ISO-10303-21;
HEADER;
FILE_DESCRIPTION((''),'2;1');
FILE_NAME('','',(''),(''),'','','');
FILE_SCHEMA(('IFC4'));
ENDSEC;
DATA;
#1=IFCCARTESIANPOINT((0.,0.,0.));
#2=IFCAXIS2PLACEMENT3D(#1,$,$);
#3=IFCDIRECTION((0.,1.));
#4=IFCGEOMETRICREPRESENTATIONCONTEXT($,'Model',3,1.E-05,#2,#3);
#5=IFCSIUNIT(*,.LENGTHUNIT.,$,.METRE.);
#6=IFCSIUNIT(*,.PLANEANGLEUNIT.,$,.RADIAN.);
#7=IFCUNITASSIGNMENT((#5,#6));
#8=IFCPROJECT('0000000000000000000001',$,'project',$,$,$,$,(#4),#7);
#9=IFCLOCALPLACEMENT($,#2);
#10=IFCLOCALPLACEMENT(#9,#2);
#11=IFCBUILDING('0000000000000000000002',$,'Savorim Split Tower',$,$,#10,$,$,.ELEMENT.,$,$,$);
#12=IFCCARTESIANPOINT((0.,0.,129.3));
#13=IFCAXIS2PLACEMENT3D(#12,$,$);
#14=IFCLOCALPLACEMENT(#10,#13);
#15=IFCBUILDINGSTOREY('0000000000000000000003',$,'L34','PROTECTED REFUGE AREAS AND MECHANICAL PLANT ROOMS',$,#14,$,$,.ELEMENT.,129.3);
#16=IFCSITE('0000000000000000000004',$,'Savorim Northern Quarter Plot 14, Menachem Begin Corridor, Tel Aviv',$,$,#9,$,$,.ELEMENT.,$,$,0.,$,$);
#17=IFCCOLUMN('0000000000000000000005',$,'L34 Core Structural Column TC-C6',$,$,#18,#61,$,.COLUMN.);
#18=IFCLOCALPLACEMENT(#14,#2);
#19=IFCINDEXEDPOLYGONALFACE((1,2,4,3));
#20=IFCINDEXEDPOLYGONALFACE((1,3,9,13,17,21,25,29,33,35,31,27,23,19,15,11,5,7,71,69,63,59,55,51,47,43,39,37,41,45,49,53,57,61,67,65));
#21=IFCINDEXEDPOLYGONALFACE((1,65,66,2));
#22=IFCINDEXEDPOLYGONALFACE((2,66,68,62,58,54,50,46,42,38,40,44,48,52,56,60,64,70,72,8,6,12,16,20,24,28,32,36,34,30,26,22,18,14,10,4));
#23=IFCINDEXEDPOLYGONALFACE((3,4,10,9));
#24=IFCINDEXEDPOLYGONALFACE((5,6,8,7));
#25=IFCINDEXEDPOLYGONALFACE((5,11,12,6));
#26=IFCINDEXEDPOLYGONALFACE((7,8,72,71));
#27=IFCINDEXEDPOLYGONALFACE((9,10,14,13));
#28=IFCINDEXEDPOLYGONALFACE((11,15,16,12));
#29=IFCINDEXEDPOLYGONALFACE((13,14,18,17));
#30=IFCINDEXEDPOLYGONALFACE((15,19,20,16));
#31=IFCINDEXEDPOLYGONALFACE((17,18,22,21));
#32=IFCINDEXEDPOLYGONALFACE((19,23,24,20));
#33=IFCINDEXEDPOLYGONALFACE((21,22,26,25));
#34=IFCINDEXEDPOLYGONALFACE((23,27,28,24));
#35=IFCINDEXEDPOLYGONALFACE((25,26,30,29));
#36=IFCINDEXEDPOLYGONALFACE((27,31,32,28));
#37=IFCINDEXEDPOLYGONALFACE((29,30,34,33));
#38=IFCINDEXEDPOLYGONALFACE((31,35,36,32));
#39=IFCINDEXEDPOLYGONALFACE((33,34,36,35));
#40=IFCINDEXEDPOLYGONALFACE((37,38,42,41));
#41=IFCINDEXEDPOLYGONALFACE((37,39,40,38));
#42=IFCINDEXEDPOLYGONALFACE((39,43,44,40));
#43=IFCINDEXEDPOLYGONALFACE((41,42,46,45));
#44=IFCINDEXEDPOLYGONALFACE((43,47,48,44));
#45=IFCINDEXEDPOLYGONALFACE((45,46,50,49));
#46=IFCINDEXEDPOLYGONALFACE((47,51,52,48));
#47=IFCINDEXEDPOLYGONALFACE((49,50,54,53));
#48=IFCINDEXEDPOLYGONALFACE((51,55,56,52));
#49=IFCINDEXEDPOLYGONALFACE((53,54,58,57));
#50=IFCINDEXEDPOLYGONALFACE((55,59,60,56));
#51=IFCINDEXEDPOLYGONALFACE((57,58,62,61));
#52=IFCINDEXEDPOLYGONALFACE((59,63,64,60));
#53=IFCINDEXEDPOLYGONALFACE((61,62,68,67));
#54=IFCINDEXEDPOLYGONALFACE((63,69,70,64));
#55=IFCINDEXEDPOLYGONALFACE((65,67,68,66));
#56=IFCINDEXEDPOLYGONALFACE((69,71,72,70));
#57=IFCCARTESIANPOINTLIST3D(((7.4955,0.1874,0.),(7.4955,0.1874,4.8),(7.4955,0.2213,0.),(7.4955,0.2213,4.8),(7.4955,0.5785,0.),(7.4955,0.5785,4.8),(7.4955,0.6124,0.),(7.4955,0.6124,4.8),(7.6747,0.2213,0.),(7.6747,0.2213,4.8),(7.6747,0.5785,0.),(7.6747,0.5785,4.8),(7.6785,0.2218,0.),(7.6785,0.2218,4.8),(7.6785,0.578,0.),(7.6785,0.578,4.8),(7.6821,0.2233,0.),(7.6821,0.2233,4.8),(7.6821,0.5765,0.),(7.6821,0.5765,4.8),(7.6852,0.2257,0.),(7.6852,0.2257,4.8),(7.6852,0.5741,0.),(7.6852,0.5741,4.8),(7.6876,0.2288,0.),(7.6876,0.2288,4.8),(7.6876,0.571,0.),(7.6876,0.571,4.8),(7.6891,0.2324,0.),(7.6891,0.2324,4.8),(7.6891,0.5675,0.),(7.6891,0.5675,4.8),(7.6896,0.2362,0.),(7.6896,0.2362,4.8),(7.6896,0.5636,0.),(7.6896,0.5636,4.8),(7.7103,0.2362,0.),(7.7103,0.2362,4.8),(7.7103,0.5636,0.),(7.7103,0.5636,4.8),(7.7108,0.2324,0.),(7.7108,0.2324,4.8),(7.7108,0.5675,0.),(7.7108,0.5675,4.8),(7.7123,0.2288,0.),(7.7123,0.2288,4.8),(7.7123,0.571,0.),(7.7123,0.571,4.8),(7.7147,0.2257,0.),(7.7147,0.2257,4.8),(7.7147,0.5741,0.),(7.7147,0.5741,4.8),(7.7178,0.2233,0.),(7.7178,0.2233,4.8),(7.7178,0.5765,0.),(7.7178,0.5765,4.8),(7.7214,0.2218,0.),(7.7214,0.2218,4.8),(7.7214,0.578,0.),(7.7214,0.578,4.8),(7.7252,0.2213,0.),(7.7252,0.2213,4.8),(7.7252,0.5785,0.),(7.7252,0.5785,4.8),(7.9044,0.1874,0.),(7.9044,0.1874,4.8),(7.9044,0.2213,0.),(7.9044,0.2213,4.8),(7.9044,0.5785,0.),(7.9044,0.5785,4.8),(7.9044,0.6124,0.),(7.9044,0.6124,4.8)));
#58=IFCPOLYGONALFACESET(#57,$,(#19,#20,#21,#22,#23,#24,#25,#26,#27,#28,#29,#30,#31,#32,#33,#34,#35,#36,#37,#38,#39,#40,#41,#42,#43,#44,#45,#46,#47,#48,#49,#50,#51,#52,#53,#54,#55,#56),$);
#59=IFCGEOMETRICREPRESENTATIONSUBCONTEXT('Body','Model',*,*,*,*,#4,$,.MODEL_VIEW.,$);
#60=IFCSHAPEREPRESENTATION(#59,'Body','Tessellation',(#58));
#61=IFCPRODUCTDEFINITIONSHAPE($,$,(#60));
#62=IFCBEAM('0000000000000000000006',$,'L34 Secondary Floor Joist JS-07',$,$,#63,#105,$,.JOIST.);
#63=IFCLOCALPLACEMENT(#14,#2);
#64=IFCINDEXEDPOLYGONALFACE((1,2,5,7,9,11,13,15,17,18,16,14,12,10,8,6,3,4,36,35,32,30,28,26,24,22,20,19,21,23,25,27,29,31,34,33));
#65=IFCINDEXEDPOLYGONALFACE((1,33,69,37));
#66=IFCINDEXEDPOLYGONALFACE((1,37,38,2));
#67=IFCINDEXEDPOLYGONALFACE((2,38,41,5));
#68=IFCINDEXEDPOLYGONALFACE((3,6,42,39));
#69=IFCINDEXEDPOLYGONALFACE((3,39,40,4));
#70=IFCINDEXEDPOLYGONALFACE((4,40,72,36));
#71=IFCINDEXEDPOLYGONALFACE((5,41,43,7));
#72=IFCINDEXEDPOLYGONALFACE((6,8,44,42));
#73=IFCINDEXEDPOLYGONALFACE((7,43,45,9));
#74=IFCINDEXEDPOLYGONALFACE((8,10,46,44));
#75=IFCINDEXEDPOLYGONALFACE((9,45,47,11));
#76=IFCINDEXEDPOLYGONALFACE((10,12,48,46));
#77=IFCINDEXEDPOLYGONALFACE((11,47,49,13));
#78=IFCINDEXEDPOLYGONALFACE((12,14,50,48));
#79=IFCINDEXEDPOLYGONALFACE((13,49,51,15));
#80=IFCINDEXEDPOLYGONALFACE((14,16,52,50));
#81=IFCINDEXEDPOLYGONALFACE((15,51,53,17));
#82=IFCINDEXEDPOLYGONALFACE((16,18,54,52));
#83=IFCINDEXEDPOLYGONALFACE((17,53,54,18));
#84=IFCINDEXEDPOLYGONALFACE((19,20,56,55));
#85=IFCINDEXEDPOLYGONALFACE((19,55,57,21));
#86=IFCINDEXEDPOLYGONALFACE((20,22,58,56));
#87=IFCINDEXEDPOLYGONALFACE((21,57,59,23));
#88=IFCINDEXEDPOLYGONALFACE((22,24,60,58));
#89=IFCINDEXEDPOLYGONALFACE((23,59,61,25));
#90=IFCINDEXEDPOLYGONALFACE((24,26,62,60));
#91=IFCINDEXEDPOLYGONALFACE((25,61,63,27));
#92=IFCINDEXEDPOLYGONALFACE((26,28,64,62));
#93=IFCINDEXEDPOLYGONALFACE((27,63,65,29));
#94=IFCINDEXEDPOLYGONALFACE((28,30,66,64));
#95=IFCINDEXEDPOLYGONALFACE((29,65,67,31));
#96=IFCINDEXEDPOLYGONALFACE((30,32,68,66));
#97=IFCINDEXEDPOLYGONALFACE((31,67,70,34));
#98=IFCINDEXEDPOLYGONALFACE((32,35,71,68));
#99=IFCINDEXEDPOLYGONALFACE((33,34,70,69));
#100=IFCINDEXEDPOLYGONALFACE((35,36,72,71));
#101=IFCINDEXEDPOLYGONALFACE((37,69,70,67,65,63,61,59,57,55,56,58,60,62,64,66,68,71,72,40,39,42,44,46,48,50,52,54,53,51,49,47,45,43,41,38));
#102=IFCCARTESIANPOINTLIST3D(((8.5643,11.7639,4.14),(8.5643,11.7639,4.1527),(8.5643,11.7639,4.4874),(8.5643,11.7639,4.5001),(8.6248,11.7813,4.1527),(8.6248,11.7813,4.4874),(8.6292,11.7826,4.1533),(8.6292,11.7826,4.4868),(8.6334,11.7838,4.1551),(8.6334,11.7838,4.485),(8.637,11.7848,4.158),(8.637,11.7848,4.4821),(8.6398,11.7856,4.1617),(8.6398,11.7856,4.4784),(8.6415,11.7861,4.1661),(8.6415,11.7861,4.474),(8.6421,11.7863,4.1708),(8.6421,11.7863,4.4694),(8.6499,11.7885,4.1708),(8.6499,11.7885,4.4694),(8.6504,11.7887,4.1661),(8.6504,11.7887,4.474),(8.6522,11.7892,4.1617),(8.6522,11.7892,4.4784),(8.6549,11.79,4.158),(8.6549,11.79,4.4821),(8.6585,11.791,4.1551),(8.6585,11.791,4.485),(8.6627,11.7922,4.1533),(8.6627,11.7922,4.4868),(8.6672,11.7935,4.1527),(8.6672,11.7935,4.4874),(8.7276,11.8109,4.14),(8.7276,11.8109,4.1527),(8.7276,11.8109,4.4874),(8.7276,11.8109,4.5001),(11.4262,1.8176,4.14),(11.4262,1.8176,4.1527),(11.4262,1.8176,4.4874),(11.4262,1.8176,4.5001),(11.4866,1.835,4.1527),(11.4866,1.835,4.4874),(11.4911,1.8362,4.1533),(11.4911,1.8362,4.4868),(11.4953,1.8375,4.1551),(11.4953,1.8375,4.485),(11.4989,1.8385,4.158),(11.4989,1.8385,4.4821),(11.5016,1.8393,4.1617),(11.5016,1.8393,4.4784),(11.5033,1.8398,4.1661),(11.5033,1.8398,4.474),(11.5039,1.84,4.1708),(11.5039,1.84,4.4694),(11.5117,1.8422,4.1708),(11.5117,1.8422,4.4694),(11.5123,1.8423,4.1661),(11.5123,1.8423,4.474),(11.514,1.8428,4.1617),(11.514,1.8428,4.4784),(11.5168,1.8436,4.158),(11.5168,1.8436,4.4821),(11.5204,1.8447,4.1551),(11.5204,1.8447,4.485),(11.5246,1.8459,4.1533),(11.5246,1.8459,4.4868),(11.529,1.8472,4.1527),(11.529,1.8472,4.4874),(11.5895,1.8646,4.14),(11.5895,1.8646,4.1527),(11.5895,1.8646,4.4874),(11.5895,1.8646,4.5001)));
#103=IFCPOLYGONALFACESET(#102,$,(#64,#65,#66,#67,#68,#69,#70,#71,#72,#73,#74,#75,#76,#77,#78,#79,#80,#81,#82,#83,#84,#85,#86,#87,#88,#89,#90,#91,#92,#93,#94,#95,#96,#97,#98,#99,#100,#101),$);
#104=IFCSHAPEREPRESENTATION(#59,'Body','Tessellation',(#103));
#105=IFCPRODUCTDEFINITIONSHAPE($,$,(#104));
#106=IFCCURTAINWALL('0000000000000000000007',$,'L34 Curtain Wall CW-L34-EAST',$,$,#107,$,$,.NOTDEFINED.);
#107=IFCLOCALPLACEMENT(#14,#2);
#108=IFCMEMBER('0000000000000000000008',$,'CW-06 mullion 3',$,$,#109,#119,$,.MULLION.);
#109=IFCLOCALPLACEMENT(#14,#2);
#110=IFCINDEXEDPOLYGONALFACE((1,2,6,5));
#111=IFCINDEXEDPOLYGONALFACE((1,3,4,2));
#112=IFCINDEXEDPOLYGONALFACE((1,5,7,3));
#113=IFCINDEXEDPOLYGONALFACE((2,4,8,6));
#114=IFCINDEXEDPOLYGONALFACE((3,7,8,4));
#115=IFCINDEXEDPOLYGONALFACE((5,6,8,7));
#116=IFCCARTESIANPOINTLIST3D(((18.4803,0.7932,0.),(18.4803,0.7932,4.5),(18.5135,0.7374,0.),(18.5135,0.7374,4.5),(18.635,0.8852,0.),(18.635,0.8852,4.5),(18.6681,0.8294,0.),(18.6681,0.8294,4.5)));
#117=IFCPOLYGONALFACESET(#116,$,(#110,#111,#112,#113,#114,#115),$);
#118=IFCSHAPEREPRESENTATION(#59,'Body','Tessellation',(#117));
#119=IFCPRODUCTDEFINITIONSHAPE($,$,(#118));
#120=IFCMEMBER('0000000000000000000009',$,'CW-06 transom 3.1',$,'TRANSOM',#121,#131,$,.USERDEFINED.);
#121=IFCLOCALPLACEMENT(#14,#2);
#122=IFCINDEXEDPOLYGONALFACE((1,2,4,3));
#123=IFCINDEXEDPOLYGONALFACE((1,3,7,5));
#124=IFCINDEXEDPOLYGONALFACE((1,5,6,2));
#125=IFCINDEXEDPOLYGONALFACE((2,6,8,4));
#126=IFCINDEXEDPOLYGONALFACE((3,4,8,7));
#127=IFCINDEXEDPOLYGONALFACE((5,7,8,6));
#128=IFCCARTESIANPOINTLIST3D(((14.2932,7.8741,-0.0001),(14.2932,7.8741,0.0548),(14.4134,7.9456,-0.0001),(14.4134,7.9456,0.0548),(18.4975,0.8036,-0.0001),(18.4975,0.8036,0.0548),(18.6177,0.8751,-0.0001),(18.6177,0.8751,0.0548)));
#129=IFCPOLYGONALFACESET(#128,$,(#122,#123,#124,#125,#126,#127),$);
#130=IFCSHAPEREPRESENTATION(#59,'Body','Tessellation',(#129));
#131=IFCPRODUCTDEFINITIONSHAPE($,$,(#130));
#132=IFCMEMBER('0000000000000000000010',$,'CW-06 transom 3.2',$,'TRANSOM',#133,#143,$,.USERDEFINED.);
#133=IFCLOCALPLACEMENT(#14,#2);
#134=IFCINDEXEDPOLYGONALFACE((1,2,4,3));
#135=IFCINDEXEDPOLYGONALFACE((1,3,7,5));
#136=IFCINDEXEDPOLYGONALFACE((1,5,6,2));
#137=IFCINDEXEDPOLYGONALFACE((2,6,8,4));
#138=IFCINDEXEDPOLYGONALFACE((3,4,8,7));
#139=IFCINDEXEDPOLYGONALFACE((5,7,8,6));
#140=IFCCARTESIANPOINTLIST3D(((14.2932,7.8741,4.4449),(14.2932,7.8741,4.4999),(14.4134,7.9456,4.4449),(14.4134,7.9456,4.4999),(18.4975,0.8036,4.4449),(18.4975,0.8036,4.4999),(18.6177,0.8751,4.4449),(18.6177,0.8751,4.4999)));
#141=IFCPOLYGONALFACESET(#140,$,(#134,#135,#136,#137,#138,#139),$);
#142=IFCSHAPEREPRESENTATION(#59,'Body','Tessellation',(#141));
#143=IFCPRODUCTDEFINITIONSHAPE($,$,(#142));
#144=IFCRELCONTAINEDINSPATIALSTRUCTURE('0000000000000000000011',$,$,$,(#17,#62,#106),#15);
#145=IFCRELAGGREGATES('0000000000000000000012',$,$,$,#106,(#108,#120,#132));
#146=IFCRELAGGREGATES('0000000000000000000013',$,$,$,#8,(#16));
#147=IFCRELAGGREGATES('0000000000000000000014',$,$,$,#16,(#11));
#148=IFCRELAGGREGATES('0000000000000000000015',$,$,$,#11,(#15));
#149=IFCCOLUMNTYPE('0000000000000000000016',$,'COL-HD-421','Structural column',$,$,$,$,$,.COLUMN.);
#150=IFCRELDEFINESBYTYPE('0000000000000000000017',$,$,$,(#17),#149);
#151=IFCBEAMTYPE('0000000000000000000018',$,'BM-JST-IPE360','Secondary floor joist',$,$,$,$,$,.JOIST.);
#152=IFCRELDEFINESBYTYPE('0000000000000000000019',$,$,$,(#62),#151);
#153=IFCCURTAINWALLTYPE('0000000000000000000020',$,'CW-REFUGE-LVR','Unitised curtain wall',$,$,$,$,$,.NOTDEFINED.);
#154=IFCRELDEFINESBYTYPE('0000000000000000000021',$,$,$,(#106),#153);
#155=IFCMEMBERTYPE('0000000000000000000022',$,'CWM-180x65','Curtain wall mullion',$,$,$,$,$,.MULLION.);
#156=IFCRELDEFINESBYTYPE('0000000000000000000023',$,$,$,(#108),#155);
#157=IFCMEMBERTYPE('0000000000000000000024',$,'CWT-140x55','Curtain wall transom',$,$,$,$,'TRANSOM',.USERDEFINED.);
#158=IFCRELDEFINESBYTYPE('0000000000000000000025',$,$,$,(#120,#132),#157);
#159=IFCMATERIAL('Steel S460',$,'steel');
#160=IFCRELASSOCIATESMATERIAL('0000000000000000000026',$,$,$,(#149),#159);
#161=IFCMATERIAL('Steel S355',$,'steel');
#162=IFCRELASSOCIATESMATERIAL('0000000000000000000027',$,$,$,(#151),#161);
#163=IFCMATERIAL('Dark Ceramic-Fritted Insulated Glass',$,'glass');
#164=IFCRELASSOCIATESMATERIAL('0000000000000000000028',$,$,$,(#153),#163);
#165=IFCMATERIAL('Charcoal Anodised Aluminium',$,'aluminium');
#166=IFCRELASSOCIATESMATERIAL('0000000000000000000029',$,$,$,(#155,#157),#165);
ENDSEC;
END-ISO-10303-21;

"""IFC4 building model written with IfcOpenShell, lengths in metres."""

from ifc_helpers import new_model, si_unit, direction, frame, origin, origin_2d, place, context, subcontext, project, spatial, rectangle, i_section, extrude, material, material_profile, profile_set, type_object, element, aggregate, save


model = new_model("IFC4")

# Units and contexts
model_context = context("Model", 3, precision=1e-05, world=origin(), true_north=direction((0.0, 1.0)))
body_context = subcontext(model_context, "Body", "Model", "MODEL_VIEW")
ifc_project = project(units=[si_unit("LENGTHUNIT", "METRE"), si_unit("PLANEANGLEUNIT", "RADIAN")], contexts=[model_context])

# Site, building, storey
site_placement = place(None, origin())
site = spatial("IfcSite", under=ifc_project, at=site_placement, Name="Savorim Northern Quarter Plot 14, Menachem Begin Corridor, Tel Aviv", CompositionType="ELEMENT", RefElevation=0.0)
building_placement = place(site_placement, origin())
building = spatial("IfcBuilding", under=site, at=building_placement, Name="Savorim Split Tower", CompositionType="ELEMENT")
storey_placement = place(building_placement, frame((0.0, 0.0, 129.3)))
storey = spatial("IfcBuildingStorey", under=building, at=storey_placement, Name="L34", Description="PROTECTED REFUGE AREAS AND MECHANICAL PLANT ROOMS", CompositionType="ELEMENT", Elevation=129.3)

# Column
ifc_material_1 = material(Name="Steel S460", Category="steel")
ifc_material_profile_1 = material_profile(ifc_material_1, i_section(OverallWidth=0.4089, OverallDepth=0.425, WebThickness=0.0208, FlangeThickness=0.0339, FilletRadius=0.0149, at=origin_2d()), Name="HD 400x421")
ifc_profile_set_1 = profile_set([ifc_material_profile_1], Name="Steel S460")
column_type = type_object("IfcColumnType", Name="COL-HD-421", Description="Structural column", PredefinedType="COLUMN", material=ifc_profile_set_1)
column_placement = place(storey_placement, frame((7.7, 0.3999, 0.0), z_axis=(0.0, 0.0, 1.0), x_axis=(1.0, 0.0, 0.0)))
element("IfcColumn", 1, at=column_placement, inside=storey, type_object=column_type, Name="L34 Core Structural Column TC-C6", PredefinedType="COLUMN", context=body_context, shape_type="SweptSolid", body=[
    extrude(i_section(OverallWidth=0.4089, OverallDepth=0.425, WebThickness=0.0208, FlangeThickness=0.0339, FilletRadius=0.0149, at=origin_2d()), origin(), (0.0, 0.0, 1.0), 4.8),
])

# Beam
ifc_material_2 = material(Name="Steel S355", Category="steel")
ifc_material_profile_2 = material_profile(ifc_material_2, i_section(OverallWidth=0.1699, OverallDepth=0.3601, WebThickness=0.0081, FlangeThickness=0.0127, FilletRadius=0.0181, at=origin_2d()), Name="IPE 360")
ifc_profile_set_2 = profile_set([ifc_material_profile_2], Name="Steel S355")
beam_type = type_object("IfcBeamType", Name="BM-JST-IPE360", Description="Secondary floor joist", PredefinedType="JOIST", material=ifc_profile_set_2)
beam_placement = place(storey_placement, frame((11.5078, 1.8411, 4.3201), z_axis=(-0.276509, 0.961011, 0.0), x_axis=(-0.961011, -0.276509, 0.0)))
element("IfcBeam", 2, at=beam_placement, inside=storey, type_object=beam_type, Name="L34 Secondary Floor Joist JS-07", PredefinedType="JOIST", context=body_context, shape_type="SweptSolid", body=[
    extrude(i_section(OverallWidth=0.1699, OverallDepth=0.3601, WebThickness=0.0081, FlangeThickness=0.0127, FilletRadius=0.0181, at=origin_2d()), origin(), (0.0, 0.0, 1.0), 10.3499),
])

# Curtain wall, members
ifc_material_3 = material(Name="Dark Ceramic-Fritted Insulated Glass", Category="glass")
curtain_wall_type = type_object("IfcCurtainWallType", Name="CW-REFUGE-LVR", Description="Unitised curtain wall", PredefinedType="NOTDEFINED", material=ifc_material_3)
curtain_wall_placement = place(storey_placement, origin())
curtain_wall = element("IfcCurtainWall", 3, at=curtain_wall_placement, inside=storey, type_object=curtain_wall_type, Name="L34 Curtain Wall CW-L34-EAST", PredefinedType="NOTDEFINED")
ifc_material_4 = material(Name="Charcoal Anodised Aluminium", Category="aluminium")
ifc_material_profile_3 = material_profile(ifc_material_4, rectangle(XDim=0.1799, YDim=0.0649, at=origin_2d()), Name="ALU-M 180x65")
ifc_profile_set_3 = profile_set([ifc_material_profile_3], Name="Charcoal Anodised Aluminium")
member_type_1 = type_object("IfcMemberType", Name="CWM-180x65", Description="Curtain wall mullion", PredefinedType="MULLION", material=ifc_profile_set_3)
member_1_placement = place(storey_placement, frame((18.5742, 0.8113, 0.0), z_axis=(0.0, 0.0, 1.0), x_axis=(-0.859527, -0.511091, 0.0)))
member_1 = element("IfcMember", 4, at=member_1_placement, type_object=member_type_1, Name="CW-06 mullion 3", PredefinedType="MULLION", context=body_context, shape_type="SweptSolid", body=[
    extrude(rectangle(XDim=0.1799, YDim=0.0649, at=origin_2d()), origin(), (0.0, 0.0, 1.0), 4.5),
])
ifc_material_profile_4 = material_profile(ifc_material_4, rectangle(XDim=0.1399, YDim=0.0549, at=origin_2d()), Name="ALU-T 140x55")
ifc_profile_set_4 = profile_set([ifc_material_profile_4], Name="Charcoal Anodised Aluminium")
member_type_2 = type_object("IfcMemberType", Name="CWT-140x55", Description="Curtain wall transom", ElementType="TRANSOM", PredefinedType="USERDEFINED", material=ifc_profile_set_4)
member_2_placement = place(storey_placement, frame((18.5576, 0.8394, 0.0273), z_axis=(-0.511096, 0.859524, 0.0), x_axis=(-0.859524, -0.511096, 0.0)))
member_2 = element("IfcMember", 5, at=member_2_placement, type_object=member_type_2, Name="CW-06 transom 3.1", ObjectType="TRANSOM", PredefinedType="USERDEFINED", context=body_context, shape_type="SweptSolid", body=[
    extrude(rectangle(XDim=0.1399, YDim=0.0549, at=origin_2d()), origin(), (0.0, 0.0, 1.0), 8.2261),
])
member_3_placement = place(storey_placement, frame((18.5576, 0.8394, 4.4724), z_axis=(-0.511096, 0.859524, 0.0), x_axis=(-0.859524, -0.511096, 0.0)))
member_3 = element("IfcMember", 6, at=member_3_placement, type_object=member_type_2, Name="CW-06 transom 3.2", ObjectType="TRANSOM", PredefinedType="USERDEFINED", context=body_context, shape_type="SweptSolid", body=[
    extrude(rectangle(XDim=0.1399, YDim=0.0549, at=origin_2d()), origin(), (0.0, 0.0, 1.0), 8.2261),
])
aggregate(curtain_wall, [member_1, member_2, member_3])

save(model, "model.ifc")
